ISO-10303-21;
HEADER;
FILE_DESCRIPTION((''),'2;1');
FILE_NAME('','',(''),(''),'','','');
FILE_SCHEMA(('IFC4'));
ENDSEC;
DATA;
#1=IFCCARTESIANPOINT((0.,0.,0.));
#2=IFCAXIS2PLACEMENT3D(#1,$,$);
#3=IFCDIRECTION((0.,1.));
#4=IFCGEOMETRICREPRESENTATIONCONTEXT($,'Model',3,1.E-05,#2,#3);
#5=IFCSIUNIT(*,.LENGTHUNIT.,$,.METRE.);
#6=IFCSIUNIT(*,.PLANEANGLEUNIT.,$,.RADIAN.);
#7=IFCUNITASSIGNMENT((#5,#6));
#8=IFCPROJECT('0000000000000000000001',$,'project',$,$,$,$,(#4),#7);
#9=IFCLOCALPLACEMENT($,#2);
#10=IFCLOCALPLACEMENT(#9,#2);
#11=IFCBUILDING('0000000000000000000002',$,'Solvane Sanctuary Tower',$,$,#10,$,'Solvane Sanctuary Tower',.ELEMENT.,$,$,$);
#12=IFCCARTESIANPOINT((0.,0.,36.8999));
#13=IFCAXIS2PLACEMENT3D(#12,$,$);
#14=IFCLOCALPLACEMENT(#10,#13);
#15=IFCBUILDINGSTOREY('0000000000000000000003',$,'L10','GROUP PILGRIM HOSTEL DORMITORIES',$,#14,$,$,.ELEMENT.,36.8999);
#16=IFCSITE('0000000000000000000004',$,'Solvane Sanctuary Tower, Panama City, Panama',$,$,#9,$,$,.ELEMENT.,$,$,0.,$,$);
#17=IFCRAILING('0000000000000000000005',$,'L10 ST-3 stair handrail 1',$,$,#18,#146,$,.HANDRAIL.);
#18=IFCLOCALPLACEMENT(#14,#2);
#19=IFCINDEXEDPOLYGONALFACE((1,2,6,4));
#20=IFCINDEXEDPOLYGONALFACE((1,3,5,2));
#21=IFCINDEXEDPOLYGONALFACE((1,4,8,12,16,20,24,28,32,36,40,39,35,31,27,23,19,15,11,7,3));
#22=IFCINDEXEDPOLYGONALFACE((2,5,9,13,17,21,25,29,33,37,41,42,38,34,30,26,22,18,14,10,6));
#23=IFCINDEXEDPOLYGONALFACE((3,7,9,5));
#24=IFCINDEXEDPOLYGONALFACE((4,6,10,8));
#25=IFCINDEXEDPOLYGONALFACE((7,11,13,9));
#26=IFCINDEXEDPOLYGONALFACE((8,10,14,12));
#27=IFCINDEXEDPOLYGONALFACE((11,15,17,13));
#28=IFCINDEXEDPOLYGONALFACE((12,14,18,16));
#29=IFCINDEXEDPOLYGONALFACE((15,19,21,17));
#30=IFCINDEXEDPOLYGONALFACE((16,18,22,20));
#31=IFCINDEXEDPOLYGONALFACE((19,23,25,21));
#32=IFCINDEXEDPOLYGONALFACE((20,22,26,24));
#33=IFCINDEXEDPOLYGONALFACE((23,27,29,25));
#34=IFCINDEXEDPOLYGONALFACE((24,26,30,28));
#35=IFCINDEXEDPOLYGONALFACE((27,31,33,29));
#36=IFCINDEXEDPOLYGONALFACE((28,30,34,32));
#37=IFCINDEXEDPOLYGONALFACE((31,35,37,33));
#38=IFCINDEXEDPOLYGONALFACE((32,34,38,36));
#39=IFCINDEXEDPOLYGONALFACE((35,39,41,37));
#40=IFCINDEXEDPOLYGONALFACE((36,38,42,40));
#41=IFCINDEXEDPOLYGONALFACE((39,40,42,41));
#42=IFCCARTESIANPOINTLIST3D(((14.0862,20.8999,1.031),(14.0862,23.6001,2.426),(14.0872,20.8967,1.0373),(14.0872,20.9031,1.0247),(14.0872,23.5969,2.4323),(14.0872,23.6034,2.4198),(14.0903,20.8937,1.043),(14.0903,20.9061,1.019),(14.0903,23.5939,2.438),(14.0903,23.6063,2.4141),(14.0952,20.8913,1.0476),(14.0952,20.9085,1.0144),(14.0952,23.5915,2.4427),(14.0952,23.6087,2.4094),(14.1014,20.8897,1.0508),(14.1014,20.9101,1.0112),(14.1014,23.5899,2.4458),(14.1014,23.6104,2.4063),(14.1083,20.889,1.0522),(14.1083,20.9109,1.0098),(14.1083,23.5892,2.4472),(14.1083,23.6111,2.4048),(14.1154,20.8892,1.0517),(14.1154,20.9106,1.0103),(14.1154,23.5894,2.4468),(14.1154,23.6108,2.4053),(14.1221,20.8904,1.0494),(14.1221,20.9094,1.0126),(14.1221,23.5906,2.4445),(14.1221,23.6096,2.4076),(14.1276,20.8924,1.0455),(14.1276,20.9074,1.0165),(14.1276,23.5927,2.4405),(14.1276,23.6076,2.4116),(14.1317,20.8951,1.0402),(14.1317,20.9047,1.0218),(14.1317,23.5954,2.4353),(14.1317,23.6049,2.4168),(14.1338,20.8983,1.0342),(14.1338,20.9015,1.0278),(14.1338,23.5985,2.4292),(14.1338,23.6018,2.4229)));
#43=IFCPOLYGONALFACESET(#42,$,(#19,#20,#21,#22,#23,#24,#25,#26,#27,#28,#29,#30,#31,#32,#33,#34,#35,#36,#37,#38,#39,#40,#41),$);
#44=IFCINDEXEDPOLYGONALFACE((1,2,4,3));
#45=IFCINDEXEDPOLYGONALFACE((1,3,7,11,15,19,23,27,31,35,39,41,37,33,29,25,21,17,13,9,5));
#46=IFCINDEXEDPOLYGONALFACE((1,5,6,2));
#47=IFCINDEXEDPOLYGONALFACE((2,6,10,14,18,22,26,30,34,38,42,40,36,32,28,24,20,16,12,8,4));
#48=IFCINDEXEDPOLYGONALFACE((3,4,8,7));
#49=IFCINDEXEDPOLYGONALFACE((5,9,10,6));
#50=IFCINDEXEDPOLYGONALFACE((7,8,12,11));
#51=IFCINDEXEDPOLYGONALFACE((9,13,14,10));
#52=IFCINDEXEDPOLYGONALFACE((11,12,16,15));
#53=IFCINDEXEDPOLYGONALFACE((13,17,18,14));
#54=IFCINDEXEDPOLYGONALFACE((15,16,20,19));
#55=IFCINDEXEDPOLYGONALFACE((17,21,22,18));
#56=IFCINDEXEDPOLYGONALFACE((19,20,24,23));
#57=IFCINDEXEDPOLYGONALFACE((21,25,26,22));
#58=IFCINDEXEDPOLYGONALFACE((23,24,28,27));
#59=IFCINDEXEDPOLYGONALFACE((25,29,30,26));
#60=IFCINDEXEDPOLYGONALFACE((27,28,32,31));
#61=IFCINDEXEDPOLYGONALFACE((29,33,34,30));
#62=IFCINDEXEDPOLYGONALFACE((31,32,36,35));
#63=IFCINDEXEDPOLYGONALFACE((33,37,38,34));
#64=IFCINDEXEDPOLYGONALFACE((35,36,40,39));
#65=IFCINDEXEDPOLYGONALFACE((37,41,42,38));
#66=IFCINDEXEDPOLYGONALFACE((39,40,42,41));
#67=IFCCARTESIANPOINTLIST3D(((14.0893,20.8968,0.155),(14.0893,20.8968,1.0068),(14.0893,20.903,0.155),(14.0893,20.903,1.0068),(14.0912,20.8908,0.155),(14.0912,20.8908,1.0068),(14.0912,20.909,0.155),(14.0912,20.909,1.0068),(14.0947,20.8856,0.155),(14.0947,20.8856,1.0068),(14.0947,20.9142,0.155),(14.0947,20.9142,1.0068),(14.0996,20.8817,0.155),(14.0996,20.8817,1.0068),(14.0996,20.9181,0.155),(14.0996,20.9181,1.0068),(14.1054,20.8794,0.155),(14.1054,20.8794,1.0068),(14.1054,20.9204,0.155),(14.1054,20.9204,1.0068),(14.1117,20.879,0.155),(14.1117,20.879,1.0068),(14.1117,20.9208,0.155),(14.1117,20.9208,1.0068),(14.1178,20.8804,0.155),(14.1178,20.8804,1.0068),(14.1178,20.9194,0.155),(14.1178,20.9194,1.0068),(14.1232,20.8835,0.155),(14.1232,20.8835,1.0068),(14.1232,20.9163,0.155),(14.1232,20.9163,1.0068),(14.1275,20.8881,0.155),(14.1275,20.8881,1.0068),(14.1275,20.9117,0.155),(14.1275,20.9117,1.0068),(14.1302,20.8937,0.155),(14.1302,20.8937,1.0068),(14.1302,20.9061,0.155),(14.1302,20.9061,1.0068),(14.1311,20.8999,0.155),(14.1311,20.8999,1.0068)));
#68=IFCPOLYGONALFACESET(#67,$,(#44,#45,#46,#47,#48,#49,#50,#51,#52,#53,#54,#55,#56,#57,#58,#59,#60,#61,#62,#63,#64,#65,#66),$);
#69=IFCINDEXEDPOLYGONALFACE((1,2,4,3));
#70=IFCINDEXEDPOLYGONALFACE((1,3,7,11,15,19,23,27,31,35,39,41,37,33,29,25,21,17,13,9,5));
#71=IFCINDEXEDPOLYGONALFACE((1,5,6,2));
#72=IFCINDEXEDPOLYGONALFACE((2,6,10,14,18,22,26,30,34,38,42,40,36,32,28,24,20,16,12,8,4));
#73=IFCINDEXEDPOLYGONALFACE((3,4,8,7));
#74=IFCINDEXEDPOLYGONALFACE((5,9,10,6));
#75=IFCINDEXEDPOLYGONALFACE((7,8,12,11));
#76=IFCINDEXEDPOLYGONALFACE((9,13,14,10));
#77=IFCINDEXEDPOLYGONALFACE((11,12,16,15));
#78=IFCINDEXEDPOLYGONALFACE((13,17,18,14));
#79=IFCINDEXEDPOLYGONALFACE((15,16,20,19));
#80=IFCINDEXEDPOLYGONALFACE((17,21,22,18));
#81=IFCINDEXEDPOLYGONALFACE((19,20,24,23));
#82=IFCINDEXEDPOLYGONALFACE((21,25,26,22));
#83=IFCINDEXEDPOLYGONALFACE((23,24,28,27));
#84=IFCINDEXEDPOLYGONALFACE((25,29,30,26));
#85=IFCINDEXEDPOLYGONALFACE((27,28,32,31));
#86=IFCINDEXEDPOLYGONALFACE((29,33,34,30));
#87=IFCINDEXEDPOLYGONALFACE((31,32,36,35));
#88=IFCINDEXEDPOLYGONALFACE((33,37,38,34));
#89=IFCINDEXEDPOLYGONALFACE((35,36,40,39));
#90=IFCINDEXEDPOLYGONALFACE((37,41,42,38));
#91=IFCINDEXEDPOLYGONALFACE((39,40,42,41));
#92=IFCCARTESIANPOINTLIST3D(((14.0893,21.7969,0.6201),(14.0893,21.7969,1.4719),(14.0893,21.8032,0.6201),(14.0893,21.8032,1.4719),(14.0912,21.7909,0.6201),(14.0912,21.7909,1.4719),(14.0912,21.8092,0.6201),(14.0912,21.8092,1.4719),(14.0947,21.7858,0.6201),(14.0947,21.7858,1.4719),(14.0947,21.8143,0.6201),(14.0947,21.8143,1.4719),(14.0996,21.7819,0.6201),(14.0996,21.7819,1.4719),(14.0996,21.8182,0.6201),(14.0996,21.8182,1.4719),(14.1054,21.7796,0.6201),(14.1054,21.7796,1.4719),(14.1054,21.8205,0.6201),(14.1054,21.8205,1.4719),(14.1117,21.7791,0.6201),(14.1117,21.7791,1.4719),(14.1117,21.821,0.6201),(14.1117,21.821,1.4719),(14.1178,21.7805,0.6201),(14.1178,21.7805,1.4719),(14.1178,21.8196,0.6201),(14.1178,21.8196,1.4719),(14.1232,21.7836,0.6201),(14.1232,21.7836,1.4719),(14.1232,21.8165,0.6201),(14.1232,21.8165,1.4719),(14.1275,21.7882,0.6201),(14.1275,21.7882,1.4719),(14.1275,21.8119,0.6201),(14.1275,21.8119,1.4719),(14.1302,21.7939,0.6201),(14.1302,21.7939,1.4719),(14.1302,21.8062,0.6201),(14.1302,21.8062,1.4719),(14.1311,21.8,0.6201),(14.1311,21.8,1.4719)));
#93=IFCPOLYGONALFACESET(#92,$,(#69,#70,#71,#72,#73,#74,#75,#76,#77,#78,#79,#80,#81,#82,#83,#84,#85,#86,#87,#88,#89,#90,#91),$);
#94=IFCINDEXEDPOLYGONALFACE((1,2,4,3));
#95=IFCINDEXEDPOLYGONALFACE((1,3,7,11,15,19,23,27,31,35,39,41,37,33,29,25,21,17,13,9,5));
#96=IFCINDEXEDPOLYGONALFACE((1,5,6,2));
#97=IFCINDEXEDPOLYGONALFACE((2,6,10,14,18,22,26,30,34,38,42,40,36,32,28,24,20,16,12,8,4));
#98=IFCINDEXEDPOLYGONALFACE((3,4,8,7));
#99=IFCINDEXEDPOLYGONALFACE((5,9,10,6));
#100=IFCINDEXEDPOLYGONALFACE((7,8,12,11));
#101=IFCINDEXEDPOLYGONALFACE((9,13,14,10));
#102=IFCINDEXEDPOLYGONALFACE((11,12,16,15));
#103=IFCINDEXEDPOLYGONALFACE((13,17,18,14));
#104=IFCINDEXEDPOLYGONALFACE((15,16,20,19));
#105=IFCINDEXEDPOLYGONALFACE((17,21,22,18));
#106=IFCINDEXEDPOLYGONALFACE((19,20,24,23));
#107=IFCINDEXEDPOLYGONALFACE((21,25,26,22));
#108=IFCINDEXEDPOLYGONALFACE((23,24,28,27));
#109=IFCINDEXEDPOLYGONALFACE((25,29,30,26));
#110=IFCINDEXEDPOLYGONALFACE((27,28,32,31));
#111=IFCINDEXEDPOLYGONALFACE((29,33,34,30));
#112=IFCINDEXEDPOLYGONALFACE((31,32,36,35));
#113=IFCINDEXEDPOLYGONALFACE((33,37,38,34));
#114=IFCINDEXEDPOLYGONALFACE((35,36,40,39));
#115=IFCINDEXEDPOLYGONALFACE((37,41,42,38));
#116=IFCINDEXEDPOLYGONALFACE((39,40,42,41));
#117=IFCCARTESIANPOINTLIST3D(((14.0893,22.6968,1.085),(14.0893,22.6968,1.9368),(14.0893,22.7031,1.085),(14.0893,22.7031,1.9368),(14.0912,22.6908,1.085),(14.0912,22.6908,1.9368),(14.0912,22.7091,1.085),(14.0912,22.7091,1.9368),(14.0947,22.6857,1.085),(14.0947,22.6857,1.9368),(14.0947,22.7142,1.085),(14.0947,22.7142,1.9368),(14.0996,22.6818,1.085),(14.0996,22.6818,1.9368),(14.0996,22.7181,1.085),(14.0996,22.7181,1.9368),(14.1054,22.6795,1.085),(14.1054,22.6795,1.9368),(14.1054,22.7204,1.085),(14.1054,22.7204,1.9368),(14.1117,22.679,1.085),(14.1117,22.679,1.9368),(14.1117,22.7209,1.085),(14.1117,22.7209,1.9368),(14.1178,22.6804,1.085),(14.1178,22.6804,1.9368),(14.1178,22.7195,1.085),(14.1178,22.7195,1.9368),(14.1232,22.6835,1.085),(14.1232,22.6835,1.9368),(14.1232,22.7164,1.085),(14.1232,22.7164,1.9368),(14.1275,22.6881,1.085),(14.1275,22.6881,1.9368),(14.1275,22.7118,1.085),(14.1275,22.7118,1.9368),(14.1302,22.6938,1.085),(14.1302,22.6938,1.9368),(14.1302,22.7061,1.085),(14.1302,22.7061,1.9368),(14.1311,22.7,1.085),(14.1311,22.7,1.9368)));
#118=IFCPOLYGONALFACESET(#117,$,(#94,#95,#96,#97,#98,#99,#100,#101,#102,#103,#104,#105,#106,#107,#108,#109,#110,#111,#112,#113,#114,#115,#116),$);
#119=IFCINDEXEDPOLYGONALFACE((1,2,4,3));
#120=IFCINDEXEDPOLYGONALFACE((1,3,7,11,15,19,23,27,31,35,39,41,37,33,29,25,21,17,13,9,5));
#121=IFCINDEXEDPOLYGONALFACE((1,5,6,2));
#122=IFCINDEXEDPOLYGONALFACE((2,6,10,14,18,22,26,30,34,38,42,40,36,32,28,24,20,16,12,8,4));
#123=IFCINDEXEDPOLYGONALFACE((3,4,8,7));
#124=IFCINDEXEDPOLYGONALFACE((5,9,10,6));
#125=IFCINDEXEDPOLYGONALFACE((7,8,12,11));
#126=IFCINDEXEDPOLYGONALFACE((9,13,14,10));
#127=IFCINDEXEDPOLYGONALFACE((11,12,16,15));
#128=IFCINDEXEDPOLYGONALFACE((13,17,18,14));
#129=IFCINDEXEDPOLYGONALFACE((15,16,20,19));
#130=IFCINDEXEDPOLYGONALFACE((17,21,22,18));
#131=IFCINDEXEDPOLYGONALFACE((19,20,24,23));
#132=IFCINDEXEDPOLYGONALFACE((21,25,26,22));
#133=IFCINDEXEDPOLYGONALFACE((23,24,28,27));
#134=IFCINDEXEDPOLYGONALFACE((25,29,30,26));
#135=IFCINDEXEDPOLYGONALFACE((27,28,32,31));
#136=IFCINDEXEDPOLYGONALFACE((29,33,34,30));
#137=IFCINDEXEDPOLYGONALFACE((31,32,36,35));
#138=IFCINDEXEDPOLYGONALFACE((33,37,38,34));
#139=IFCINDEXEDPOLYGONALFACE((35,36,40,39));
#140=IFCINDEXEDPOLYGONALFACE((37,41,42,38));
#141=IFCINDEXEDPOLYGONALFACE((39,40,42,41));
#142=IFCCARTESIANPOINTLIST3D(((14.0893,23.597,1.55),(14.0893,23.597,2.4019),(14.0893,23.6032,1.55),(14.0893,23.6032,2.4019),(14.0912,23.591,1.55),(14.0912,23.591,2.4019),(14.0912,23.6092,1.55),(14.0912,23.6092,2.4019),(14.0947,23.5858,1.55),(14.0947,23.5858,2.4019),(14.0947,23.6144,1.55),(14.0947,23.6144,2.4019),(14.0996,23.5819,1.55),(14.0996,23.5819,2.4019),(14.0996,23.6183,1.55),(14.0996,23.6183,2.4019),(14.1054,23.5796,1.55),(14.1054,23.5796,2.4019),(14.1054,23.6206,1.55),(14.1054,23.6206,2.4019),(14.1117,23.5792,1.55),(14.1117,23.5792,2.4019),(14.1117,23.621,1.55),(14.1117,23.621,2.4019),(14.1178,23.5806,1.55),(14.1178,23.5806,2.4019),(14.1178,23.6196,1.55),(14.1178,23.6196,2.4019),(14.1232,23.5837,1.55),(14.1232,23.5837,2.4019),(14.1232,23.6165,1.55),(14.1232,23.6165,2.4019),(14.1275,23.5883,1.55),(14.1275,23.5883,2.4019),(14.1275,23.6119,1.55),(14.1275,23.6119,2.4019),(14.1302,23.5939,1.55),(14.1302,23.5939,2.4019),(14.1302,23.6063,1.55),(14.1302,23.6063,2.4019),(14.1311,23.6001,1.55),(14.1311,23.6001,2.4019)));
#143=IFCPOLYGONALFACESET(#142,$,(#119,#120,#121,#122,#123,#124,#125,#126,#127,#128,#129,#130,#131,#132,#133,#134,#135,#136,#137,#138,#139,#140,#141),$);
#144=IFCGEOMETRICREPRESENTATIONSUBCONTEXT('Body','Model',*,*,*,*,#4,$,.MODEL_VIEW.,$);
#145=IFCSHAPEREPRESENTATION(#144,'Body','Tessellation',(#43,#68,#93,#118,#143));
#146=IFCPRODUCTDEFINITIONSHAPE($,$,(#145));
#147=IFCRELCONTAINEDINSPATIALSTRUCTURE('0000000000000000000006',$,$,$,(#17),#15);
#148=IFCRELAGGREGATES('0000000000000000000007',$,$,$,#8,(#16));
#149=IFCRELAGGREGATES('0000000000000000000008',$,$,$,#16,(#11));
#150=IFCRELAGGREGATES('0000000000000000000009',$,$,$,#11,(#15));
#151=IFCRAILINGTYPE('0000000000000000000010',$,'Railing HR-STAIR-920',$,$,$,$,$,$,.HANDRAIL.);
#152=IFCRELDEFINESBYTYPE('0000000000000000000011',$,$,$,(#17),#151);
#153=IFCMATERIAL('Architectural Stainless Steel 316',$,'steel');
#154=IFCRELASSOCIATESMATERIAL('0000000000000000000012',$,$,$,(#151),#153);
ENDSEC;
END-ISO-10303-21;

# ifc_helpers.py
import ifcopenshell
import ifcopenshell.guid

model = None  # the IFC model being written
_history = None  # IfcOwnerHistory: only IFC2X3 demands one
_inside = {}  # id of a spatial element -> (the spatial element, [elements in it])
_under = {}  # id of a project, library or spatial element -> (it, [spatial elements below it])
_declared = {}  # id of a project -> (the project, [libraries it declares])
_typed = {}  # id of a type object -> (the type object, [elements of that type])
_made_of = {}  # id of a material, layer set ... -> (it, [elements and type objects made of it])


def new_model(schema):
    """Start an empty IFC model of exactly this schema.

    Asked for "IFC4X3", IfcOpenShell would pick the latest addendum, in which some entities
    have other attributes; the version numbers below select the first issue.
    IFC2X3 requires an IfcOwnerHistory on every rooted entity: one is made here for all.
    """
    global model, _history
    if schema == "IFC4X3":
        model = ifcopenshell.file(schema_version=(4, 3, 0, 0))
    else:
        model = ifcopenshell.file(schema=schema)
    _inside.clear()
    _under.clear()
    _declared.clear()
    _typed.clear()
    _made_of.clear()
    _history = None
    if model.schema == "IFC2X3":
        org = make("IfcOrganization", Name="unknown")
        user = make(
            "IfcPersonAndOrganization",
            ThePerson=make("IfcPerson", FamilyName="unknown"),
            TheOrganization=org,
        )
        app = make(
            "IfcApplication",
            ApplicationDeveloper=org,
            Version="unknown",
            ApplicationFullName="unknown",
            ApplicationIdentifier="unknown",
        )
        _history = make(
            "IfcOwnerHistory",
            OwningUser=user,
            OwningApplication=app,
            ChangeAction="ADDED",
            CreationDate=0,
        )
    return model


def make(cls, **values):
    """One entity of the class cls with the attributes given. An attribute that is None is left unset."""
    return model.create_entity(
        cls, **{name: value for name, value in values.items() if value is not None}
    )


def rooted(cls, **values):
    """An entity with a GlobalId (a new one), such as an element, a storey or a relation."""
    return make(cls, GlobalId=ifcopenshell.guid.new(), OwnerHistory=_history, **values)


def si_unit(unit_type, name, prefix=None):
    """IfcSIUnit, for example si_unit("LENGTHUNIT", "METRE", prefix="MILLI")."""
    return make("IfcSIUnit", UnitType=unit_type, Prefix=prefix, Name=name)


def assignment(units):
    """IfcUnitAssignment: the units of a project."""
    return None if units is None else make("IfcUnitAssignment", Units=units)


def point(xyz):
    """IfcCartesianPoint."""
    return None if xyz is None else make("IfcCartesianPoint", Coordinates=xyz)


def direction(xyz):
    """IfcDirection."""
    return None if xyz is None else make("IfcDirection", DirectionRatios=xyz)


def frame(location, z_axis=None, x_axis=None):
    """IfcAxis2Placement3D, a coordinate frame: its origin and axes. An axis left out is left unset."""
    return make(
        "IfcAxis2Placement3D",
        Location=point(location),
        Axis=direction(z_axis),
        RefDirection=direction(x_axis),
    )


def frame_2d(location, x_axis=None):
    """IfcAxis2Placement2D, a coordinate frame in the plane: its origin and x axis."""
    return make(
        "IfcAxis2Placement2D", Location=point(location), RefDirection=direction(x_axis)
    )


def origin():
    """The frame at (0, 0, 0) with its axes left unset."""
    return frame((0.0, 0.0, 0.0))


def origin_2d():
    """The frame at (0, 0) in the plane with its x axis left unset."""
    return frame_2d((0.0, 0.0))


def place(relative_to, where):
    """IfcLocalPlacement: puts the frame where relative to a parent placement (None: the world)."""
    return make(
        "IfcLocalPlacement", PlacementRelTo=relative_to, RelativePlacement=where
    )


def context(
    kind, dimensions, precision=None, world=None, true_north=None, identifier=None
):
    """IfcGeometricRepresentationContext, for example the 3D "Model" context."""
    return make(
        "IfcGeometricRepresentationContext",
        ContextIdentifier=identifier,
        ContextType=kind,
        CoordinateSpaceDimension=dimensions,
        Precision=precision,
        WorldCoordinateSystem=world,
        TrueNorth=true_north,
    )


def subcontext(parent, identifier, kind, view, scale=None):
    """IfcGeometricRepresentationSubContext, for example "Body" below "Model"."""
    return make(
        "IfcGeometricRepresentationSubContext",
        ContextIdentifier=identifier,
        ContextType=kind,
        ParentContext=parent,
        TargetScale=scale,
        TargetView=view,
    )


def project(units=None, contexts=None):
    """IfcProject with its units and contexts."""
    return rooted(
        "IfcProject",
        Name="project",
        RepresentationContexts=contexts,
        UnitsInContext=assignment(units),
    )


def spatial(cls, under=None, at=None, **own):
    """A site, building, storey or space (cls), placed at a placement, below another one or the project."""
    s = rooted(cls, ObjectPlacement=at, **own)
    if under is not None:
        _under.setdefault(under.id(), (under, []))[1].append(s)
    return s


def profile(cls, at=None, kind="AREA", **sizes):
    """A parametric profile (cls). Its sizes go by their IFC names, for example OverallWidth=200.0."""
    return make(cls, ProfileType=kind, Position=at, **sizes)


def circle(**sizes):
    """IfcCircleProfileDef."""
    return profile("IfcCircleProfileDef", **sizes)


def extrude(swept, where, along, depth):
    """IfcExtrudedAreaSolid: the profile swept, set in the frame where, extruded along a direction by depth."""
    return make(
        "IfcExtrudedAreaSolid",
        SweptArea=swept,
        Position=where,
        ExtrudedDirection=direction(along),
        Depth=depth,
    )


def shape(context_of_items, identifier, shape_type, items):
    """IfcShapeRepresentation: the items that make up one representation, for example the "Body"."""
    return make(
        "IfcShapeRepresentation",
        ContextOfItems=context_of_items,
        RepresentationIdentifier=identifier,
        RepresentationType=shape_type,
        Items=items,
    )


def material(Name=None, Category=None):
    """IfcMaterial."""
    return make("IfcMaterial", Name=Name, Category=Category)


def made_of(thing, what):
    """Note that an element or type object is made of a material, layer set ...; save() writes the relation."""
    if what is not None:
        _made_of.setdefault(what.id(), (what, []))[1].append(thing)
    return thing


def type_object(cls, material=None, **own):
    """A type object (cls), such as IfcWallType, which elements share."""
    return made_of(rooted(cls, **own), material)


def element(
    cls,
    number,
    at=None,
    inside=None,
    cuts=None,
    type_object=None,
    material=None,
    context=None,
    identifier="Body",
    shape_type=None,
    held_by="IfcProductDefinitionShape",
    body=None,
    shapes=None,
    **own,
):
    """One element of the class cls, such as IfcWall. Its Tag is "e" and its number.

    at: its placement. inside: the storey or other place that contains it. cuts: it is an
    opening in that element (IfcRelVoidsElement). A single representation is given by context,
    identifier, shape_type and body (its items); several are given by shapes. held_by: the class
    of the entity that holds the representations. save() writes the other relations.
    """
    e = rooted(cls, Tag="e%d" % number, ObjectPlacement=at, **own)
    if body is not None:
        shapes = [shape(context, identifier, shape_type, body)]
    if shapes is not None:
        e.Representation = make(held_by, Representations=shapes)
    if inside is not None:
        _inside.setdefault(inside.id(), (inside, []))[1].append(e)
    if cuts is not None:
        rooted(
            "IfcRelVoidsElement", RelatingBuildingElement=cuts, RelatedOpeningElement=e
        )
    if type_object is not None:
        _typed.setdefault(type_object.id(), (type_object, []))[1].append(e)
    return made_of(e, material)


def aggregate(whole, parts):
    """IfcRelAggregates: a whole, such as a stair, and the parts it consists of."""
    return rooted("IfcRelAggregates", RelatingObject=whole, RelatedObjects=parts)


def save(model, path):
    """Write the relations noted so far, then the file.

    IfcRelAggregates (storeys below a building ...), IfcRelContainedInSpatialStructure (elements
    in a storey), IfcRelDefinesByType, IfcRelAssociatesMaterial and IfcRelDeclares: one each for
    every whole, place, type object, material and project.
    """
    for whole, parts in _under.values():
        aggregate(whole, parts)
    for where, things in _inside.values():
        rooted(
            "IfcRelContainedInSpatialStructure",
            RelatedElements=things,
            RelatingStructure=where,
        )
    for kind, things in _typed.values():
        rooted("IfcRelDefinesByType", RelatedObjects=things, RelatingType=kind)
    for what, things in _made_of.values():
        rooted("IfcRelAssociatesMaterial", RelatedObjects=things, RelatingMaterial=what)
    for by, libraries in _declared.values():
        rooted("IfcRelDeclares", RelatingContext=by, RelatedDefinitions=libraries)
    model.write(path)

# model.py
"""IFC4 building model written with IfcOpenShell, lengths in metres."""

from ifc_helpers import new_model, si_unit, direction, frame, origin, origin_2d, place, context, subcontext, project, spatial, circle, extrude, material, type_object, element, save


model = new_model("IFC4")

# Units and contexts
model_context = context("Model", 3, precision=1e-05, world=origin(), true_north=direction((0.0, 1.0)))
body_context = subcontext(model_context, "Body", "Model", "MODEL_VIEW")
ifc_project = project(units=[si_unit("LENGTHUNIT", "METRE"), si_unit("PLANEANGLEUNIT", "RADIAN")], contexts=[model_context])

# Site, building, storey
site_placement = place(None, origin())
site = spatial("IfcSite", under=ifc_project, at=site_placement, Name="Solvane Sanctuary Tower, Panama City, Panama", CompositionType="ELEMENT", RefElevation=0.0)
building_placement = place(site_placement, origin())
building = spatial("IfcBuilding", under=site, at=building_placement, Name="Solvane Sanctuary Tower", LongName="Solvane Sanctuary Tower", CompositionType="ELEMENT")
storey_placement = place(building_placement, frame((0.0, 0.0, 36.8999)))
storey = spatial("IfcBuildingStorey", under=building, at=storey_placement, Name="L10", Description="GROUP PILGRIM HOSTEL DORMITORIES", CompositionType="ELEMENT", Elevation=36.8999)

# Railing
ifc_material_1 = material(Name="Architectural Stainless Steel 316", Category="steel")
railing_type_1 = type_object("IfcRailingType", Name="Railing HR-STAIR-920", PredefinedType="HANDRAIL", material=ifc_material_1)
railing_1_placement = place(storey_placement, frame((14.1101, 20.8999, 0.155)))
element("IfcRailing", 1, at=railing_1_placement, inside=storey, type_object=railing_type_1, Name="L10 ST-3 stair handrail 1", PredefinedType="HANDRAIL", context=body_context, shape_type="SweptSolid", body=[
    extrude(circle(Radius=0.0239, at=origin_2d()), frame((0.0, 0.0, 0.876), z_axis=(0.0, 0.888437, 0.458999), x_axis=(-1.0, 0.0, 0.0)), (0.0, 0.0, 1.0), 3.0393),
    extrude(circle(Radius=0.021, at=origin_2d()), origin(), (0.0, 0.0, 1.0), 0.8518),
    extrude(circle(Radius=0.021, at=origin_2d()), frame((0.0, 0.9001, 0.4651)), (0.0, 0.0, 1.0), 0.8518),
    extrude(circle(Radius=0.021, at=origin_2d()), frame((0.0, 1.8, 0.9299)), (0.0, 0.0, 1.0), 0.8518),
    extrude(circle(Radius=0.021, at=origin_2d()), frame((0.0, 2.7002, 1.395)), (0.0, 0.0, 1.0), 0.8518),
])

save(model, "model.ifc")
